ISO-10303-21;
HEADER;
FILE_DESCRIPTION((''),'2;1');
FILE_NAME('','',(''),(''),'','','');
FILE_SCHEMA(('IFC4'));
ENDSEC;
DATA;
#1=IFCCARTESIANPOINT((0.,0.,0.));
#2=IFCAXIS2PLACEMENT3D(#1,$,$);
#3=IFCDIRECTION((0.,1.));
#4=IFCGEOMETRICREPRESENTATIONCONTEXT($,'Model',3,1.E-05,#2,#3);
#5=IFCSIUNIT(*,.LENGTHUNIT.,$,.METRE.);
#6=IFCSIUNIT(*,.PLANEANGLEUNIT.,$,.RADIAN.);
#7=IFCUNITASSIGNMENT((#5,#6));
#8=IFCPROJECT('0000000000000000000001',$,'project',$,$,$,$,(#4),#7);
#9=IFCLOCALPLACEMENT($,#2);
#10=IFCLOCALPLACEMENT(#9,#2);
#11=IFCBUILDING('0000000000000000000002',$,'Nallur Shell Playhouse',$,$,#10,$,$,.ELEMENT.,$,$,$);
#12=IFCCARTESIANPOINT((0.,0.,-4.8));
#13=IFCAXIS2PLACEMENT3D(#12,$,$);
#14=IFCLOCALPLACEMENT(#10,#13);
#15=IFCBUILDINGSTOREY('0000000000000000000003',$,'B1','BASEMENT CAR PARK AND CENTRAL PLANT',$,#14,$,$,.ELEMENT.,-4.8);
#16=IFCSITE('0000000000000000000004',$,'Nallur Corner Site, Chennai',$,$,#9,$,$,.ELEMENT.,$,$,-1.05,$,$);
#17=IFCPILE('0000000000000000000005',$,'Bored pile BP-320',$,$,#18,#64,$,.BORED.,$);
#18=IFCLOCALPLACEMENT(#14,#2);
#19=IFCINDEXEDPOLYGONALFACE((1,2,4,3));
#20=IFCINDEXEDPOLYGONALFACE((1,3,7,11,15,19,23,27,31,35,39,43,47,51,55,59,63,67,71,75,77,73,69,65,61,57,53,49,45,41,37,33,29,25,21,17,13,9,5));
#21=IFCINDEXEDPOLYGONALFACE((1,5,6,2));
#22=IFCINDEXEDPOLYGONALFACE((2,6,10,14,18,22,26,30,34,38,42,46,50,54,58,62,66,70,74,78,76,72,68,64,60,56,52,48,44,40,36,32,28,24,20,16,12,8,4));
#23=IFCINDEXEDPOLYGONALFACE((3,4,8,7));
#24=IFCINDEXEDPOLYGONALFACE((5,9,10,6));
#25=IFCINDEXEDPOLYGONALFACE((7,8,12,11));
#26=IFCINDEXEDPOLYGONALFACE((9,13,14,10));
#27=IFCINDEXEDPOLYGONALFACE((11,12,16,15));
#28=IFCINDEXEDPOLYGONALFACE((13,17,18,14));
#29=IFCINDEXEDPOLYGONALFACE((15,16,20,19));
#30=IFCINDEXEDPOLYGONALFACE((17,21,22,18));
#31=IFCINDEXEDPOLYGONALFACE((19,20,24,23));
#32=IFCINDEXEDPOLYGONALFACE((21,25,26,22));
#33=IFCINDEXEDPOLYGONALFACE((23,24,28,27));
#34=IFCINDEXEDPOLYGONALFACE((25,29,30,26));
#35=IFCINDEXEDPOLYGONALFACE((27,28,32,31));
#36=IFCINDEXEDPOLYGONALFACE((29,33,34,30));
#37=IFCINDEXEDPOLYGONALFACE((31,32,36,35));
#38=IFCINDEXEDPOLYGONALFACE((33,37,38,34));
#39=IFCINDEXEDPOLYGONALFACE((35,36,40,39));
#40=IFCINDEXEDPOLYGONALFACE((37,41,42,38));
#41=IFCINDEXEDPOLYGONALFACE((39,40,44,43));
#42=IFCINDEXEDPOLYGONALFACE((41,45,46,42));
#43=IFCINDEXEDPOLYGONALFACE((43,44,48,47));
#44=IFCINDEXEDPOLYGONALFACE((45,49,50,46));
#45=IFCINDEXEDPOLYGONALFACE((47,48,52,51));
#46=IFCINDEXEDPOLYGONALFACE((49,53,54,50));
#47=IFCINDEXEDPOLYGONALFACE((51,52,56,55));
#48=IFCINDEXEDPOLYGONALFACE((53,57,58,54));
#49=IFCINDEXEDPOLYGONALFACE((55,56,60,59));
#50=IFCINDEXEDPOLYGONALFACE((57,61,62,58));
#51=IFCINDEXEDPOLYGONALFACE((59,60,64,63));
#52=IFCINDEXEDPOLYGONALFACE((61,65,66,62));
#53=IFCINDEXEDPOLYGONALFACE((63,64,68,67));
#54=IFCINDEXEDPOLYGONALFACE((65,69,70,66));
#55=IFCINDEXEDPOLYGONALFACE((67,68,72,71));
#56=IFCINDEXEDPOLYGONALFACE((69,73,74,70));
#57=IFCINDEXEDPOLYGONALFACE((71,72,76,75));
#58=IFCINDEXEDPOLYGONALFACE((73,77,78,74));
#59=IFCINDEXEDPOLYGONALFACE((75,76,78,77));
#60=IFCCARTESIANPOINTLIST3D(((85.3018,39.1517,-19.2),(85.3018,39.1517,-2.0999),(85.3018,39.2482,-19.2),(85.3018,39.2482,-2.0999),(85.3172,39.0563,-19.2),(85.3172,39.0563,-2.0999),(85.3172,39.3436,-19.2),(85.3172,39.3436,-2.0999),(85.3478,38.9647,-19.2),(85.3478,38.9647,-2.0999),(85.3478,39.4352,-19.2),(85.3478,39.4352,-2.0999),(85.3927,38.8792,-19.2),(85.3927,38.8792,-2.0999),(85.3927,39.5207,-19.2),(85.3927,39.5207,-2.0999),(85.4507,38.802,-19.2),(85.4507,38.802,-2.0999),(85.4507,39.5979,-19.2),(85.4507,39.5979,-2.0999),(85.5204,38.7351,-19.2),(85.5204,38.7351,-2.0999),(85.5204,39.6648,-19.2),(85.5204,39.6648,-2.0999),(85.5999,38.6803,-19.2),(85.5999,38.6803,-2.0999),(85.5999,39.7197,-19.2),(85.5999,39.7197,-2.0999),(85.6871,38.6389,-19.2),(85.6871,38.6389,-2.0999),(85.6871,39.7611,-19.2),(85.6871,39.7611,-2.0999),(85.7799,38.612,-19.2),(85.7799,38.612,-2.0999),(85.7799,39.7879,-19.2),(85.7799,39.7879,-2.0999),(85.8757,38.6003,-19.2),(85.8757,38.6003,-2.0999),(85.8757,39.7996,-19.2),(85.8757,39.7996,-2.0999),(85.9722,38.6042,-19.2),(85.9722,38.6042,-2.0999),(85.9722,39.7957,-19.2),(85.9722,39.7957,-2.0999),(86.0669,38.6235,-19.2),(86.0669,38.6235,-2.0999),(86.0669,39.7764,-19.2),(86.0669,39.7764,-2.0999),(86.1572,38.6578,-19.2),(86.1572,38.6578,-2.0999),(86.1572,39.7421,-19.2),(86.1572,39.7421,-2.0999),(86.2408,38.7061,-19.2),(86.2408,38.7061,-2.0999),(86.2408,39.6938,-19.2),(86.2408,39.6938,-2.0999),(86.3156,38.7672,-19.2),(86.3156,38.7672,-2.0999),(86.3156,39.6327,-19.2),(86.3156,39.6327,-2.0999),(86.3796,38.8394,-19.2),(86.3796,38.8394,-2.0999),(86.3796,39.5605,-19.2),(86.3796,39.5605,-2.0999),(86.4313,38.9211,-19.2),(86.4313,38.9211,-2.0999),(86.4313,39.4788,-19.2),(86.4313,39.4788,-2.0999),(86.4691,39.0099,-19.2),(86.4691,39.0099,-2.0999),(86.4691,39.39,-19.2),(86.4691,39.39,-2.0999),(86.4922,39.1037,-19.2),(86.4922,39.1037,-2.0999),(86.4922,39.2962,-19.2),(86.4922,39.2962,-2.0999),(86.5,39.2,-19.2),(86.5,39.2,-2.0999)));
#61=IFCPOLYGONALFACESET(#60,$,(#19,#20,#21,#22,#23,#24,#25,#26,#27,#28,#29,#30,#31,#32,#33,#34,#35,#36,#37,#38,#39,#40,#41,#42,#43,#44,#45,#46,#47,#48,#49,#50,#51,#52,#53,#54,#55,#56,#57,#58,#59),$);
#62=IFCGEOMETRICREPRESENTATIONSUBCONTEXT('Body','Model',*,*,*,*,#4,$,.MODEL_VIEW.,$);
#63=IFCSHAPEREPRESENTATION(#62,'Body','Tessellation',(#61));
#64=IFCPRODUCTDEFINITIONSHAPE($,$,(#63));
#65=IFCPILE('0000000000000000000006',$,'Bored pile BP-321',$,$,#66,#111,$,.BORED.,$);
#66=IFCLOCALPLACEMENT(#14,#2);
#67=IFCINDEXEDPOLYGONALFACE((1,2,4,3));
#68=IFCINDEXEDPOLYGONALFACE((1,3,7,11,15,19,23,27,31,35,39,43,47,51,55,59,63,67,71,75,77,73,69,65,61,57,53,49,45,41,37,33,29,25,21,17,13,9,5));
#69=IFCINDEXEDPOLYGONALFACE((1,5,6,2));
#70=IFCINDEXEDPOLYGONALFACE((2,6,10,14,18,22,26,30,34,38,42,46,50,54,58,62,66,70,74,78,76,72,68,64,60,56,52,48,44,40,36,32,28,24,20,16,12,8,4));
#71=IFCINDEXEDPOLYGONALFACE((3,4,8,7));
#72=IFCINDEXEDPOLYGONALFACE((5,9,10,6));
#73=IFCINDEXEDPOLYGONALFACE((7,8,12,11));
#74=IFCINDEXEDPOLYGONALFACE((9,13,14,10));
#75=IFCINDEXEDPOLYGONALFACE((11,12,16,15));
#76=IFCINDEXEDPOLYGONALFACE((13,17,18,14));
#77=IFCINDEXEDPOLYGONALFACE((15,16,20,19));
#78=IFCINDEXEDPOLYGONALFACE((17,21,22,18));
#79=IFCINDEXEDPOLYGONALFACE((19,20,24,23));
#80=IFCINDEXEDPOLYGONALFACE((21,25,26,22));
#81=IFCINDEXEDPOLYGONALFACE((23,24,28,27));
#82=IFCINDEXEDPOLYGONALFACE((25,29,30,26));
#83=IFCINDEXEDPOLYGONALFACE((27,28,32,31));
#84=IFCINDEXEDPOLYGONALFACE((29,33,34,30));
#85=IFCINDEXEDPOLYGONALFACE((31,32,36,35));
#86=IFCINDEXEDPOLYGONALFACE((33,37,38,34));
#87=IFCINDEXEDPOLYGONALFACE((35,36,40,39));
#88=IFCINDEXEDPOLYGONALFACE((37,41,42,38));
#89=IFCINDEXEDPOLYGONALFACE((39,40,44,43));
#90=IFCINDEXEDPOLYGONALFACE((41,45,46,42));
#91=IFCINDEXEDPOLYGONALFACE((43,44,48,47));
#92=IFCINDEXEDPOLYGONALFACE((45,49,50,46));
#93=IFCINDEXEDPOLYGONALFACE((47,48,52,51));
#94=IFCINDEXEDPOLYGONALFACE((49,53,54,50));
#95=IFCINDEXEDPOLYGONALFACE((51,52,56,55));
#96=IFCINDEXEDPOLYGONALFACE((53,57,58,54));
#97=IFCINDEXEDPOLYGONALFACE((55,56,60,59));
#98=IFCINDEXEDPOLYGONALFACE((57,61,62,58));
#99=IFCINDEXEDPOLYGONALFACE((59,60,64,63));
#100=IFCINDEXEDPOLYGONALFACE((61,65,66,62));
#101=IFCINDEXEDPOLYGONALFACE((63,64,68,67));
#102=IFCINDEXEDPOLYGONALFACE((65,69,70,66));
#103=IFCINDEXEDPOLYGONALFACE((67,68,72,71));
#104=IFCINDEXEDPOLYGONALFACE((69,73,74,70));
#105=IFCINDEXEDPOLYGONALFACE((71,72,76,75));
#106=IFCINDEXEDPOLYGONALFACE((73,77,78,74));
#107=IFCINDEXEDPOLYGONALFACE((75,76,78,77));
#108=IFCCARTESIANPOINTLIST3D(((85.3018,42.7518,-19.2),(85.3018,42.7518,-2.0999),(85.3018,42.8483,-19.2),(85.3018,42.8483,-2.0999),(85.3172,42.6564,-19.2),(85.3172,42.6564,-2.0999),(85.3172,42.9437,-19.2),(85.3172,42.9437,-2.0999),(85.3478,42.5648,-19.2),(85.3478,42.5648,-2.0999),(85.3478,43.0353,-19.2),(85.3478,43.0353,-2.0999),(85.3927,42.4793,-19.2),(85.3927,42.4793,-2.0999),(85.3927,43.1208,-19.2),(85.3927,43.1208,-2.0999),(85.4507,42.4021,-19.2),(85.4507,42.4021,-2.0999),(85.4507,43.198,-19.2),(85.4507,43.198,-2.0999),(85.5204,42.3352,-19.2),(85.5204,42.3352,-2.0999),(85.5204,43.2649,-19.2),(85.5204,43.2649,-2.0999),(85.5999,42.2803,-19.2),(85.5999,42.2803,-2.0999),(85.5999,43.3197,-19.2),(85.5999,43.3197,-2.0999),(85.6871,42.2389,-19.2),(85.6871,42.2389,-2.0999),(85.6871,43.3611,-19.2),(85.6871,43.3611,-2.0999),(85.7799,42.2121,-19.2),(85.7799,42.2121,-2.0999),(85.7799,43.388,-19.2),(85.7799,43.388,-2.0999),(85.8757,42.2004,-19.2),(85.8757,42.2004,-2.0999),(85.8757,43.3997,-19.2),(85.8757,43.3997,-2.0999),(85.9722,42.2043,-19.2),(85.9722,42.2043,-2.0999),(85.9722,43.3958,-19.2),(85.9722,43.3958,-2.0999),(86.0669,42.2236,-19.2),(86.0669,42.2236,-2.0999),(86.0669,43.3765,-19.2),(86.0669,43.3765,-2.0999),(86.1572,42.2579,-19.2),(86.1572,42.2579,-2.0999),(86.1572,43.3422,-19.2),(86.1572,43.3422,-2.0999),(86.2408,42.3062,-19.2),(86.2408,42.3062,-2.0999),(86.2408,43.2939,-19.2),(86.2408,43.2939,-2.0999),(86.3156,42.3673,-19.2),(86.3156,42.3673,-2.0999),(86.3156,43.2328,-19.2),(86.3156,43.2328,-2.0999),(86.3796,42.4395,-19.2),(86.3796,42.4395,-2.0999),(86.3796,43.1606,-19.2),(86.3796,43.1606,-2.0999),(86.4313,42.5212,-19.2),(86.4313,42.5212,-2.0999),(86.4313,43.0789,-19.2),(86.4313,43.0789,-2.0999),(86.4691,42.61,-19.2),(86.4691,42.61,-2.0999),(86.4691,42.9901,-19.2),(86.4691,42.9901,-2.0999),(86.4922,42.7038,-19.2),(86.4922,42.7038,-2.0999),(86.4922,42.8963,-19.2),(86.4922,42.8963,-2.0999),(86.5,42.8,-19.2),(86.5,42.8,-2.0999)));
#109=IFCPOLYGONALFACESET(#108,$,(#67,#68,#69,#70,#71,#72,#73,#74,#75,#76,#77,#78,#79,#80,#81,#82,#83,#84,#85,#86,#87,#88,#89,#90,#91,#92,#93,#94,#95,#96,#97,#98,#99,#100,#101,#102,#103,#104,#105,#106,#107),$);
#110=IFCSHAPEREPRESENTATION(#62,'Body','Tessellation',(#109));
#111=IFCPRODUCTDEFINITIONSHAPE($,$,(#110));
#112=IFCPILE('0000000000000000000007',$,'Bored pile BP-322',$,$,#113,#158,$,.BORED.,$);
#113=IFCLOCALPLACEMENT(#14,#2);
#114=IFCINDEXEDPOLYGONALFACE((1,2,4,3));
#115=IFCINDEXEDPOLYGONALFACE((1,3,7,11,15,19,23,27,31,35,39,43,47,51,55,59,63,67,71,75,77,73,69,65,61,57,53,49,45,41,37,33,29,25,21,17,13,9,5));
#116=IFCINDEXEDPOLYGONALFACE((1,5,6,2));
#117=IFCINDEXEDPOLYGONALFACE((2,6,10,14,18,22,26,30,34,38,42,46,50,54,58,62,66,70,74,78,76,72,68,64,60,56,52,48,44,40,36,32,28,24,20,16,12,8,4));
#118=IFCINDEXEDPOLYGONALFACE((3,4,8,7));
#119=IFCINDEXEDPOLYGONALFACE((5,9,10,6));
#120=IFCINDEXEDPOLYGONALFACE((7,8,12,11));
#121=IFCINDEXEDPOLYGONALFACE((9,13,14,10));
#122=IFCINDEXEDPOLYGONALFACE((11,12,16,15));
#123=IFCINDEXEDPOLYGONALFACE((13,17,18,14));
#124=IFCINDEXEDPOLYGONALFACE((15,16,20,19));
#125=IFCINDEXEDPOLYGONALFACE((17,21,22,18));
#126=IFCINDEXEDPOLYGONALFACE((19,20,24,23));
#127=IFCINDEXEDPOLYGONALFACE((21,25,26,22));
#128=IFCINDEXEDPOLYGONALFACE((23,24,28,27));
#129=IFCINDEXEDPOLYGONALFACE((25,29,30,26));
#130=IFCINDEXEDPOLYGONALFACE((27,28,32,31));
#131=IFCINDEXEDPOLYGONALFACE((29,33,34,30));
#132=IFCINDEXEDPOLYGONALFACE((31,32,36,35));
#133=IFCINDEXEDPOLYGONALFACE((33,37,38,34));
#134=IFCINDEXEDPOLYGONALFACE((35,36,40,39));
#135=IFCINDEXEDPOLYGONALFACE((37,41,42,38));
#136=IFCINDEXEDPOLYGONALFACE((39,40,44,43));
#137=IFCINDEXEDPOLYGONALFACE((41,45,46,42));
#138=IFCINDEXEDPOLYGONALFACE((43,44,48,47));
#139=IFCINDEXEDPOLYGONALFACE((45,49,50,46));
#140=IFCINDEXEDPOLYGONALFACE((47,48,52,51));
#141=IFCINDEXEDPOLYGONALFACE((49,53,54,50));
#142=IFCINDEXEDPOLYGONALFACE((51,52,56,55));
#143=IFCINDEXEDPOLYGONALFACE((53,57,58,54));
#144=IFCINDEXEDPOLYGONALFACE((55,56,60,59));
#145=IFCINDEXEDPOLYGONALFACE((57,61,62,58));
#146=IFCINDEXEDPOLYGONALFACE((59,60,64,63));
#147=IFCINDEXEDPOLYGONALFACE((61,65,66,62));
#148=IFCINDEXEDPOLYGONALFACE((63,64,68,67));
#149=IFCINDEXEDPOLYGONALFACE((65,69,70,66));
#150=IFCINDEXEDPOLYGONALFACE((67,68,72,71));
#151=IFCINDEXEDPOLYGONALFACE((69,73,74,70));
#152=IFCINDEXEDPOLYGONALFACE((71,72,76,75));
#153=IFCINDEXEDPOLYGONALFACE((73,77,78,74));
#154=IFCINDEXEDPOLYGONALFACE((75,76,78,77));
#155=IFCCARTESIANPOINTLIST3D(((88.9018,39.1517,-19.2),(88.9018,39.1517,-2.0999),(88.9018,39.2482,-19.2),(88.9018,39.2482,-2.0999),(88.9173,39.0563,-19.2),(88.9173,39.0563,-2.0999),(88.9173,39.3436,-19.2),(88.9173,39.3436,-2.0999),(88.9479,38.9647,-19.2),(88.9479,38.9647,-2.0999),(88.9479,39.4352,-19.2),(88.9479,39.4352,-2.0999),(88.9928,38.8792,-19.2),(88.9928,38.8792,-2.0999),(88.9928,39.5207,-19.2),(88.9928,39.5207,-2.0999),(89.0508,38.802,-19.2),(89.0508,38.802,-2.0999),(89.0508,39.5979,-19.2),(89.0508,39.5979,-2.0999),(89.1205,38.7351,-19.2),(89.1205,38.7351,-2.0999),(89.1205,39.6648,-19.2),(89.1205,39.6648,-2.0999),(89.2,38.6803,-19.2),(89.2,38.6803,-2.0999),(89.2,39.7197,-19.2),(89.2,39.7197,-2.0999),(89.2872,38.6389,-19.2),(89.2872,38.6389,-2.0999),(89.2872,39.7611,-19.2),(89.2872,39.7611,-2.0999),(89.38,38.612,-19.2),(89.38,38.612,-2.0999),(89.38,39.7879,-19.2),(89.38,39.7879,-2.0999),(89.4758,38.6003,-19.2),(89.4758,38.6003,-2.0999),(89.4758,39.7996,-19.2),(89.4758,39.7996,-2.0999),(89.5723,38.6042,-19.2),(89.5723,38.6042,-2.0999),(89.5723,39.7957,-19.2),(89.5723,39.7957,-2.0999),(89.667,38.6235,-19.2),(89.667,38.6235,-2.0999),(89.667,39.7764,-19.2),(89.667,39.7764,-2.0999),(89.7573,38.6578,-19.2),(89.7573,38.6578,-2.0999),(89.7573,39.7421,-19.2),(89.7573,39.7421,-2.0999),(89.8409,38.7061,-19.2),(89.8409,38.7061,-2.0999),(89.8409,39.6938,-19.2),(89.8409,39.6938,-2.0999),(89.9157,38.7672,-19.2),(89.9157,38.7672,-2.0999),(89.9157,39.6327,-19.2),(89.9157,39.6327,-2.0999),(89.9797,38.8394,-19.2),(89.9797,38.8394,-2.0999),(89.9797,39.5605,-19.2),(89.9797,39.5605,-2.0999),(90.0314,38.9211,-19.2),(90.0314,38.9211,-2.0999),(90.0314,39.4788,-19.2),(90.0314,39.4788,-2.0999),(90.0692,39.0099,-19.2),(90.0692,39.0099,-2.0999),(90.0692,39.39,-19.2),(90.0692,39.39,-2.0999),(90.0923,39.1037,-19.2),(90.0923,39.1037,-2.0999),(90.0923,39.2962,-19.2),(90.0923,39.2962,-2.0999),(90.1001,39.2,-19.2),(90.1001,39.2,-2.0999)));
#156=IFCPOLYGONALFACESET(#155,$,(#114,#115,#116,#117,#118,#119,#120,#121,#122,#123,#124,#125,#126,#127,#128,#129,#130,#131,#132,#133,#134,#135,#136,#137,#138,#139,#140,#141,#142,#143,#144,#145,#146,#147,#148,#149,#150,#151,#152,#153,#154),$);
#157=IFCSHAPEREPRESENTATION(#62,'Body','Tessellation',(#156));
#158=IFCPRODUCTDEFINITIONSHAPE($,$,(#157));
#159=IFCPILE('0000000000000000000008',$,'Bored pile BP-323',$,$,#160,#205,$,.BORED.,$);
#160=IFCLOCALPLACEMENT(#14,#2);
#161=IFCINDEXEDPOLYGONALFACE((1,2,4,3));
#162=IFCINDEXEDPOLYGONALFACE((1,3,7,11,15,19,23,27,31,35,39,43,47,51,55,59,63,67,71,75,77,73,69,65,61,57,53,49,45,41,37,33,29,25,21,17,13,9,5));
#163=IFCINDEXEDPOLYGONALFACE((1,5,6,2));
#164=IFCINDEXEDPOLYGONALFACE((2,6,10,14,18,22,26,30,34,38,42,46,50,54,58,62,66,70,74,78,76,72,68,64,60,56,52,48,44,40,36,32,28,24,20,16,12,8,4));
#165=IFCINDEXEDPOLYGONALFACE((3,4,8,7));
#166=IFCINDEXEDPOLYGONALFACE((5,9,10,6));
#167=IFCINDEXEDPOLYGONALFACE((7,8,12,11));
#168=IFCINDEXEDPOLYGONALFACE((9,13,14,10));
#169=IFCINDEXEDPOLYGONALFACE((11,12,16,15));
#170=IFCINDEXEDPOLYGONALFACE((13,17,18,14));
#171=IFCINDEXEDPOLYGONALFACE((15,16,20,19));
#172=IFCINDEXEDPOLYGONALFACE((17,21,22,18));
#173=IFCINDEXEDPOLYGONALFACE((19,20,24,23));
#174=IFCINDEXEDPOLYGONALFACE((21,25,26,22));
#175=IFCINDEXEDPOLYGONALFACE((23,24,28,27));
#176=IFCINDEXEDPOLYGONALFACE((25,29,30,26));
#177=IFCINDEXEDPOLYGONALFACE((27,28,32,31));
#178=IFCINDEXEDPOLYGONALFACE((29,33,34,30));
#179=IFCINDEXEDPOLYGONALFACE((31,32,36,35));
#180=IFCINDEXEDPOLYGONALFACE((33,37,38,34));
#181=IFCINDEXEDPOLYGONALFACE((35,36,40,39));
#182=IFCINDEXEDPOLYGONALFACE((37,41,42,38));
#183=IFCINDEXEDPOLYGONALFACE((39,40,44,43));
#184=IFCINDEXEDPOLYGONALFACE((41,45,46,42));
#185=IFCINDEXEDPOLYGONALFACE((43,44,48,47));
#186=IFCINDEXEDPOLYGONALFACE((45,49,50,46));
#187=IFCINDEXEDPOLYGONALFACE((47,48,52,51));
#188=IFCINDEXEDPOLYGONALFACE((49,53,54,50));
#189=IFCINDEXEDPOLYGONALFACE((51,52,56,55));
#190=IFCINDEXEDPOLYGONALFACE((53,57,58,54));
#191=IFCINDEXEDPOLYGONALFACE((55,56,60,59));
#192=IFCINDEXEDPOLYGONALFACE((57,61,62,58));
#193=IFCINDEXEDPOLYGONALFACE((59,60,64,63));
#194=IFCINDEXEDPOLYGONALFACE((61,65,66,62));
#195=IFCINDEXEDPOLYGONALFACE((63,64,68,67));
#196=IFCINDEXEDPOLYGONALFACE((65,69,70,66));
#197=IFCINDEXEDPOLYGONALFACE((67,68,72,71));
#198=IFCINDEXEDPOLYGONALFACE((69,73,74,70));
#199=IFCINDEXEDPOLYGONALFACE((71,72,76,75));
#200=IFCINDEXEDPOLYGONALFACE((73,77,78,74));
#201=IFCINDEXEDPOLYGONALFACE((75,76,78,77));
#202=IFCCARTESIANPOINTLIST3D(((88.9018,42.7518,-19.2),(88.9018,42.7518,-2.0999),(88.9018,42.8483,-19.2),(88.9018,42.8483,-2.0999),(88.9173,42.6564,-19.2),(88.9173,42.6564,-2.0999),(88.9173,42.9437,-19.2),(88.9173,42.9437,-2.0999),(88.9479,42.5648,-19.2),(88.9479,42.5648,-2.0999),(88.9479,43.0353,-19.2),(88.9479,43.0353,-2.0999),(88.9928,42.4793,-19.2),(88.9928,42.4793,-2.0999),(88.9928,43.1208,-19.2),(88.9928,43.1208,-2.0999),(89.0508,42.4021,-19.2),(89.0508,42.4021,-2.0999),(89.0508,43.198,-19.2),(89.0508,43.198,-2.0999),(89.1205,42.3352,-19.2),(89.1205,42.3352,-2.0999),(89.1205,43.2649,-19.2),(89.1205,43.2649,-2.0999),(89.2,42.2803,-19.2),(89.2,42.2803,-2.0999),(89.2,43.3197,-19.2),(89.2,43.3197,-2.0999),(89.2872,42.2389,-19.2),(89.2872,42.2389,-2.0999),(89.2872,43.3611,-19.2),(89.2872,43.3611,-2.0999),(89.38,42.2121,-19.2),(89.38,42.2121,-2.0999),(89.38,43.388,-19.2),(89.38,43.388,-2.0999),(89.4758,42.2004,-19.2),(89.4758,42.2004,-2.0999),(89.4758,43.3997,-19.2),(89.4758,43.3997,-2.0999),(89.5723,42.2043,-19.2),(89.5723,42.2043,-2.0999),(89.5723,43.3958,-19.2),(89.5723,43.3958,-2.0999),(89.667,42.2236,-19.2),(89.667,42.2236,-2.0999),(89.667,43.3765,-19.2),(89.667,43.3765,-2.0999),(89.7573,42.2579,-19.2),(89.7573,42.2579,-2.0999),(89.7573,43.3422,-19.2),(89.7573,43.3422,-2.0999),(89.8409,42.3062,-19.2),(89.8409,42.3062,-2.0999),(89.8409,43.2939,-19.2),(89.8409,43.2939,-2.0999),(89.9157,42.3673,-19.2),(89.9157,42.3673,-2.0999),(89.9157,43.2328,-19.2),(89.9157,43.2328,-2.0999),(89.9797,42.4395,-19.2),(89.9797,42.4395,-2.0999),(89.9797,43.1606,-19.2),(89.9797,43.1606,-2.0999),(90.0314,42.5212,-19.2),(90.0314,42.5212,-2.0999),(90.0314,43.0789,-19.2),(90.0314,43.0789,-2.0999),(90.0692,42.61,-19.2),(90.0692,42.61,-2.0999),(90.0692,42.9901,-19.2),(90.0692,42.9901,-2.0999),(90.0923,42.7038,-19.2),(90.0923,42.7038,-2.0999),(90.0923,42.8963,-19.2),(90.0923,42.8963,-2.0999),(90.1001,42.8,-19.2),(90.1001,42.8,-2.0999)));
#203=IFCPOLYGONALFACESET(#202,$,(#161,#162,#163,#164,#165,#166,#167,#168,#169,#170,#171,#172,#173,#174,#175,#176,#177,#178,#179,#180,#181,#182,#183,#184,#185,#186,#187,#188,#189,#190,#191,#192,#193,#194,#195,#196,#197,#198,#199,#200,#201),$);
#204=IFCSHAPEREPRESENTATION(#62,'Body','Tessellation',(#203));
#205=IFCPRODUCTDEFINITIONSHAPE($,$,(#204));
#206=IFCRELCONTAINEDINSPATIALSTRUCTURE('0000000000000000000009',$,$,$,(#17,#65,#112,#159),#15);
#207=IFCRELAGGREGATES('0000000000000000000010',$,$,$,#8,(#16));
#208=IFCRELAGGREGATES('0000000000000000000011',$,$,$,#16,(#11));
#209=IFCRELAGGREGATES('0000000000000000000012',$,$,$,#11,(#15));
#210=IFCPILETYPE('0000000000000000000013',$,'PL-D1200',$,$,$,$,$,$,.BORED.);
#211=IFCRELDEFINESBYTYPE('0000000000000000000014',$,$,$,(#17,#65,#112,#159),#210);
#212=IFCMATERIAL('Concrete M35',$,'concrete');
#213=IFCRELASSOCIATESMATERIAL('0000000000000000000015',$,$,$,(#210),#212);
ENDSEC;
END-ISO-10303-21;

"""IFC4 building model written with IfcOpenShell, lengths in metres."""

from ifc_helpers import new_model, si_unit, direction, frame, origin, origin_2d, place, context, subcontext, project, spatial, circle, extrude, material, material_profile, profile_set, type_object, element, save


model = new_model("IFC4")

# Units and contexts
model_context = context("Model", 3, precision=1e-05, world=origin(), true_north=direction((0.0, 1.0)))
body_context = subcontext(model_context, "Body", "Model", "MODEL_VIEW")
ifc_project = project(units=[si_unit("LENGTHUNIT", "METRE"), si_unit("PLANEANGLEUNIT", "RADIAN")], contexts=[model_context])

# Site, building, storey
site_placement = place(None, origin())
site = spatial("IfcSite", under=ifc_project, at=site_placement, Name="Nallur Corner Site, Chennai", CompositionType="ELEMENT", RefElevation=-1.05)
building_placement = place(site_placement, origin())
building = spatial("IfcBuilding", under=site, at=building_placement, Name="Nallur Shell Playhouse", CompositionType="ELEMENT")
storey_placement = place(building_placement, frame((0.0, 0.0, -4.8)))
storey = spatial("IfcBuildingStorey", under=building, at=storey_placement, Name="B1", Description="BASEMENT CAR PARK AND CENTRAL PLANT", CompositionType="ELEMENT", Elevation=-4.8)

# Shared definitions
ifc_material_1 = material(Name="Concrete M35", Category="concrete")

# Piles
ifc_material_profile_1 = material_profile(ifc_material_1, circle(Radius=0.6001, at=origin_2d()), Name="BORED PILE D1200")
ifc_profile_set_1 = profile_set([ifc_material_profile_1], Name="Concrete M35")
pile_type_1 = type_object("IfcPileType", Name="PL-D1200", PredefinedType="BORED", material=ifc_profile_set_1)
for number, where, z_axis, x_axis, name in (
    (1, (85.8999, 39.2, -2.0999), (0.0, 0.0, -1.0), (1.0, 0.0, 0.0), "Bored pile BP-320"),
    (2, (85.8999, 42.8, -2.0999), (0.0, 0.0, -1.0), (1.0, 0.0, 0.0), "Bored pile BP-321"),
    (3, (89.5, 39.2, -2.0999), (0.0, 0.0, -1.0), (1.0, 0.0, 0.0), "Bored pile BP-322"),
    (4, (89.5, 42.8, -2.0999), (0.0, 0.0, -1.0), (1.0, 0.0, 0.0), "Bored pile BP-323"),
):
    element("IfcPile", number, at=place(storey_placement, frame(where, z_axis=z_axis, x_axis=x_axis)), inside=storey, type_object=pile_type_1, Name=name, PredefinedType="BORED", context=body_context, shape_type="SweptSolid", body=[
        extrude(circle(Radius=0.6001, at=origin_2d()), origin(), (0.0, 0.0, 1.0), 17.1001),
    ])

save(model, "model.ifc")
